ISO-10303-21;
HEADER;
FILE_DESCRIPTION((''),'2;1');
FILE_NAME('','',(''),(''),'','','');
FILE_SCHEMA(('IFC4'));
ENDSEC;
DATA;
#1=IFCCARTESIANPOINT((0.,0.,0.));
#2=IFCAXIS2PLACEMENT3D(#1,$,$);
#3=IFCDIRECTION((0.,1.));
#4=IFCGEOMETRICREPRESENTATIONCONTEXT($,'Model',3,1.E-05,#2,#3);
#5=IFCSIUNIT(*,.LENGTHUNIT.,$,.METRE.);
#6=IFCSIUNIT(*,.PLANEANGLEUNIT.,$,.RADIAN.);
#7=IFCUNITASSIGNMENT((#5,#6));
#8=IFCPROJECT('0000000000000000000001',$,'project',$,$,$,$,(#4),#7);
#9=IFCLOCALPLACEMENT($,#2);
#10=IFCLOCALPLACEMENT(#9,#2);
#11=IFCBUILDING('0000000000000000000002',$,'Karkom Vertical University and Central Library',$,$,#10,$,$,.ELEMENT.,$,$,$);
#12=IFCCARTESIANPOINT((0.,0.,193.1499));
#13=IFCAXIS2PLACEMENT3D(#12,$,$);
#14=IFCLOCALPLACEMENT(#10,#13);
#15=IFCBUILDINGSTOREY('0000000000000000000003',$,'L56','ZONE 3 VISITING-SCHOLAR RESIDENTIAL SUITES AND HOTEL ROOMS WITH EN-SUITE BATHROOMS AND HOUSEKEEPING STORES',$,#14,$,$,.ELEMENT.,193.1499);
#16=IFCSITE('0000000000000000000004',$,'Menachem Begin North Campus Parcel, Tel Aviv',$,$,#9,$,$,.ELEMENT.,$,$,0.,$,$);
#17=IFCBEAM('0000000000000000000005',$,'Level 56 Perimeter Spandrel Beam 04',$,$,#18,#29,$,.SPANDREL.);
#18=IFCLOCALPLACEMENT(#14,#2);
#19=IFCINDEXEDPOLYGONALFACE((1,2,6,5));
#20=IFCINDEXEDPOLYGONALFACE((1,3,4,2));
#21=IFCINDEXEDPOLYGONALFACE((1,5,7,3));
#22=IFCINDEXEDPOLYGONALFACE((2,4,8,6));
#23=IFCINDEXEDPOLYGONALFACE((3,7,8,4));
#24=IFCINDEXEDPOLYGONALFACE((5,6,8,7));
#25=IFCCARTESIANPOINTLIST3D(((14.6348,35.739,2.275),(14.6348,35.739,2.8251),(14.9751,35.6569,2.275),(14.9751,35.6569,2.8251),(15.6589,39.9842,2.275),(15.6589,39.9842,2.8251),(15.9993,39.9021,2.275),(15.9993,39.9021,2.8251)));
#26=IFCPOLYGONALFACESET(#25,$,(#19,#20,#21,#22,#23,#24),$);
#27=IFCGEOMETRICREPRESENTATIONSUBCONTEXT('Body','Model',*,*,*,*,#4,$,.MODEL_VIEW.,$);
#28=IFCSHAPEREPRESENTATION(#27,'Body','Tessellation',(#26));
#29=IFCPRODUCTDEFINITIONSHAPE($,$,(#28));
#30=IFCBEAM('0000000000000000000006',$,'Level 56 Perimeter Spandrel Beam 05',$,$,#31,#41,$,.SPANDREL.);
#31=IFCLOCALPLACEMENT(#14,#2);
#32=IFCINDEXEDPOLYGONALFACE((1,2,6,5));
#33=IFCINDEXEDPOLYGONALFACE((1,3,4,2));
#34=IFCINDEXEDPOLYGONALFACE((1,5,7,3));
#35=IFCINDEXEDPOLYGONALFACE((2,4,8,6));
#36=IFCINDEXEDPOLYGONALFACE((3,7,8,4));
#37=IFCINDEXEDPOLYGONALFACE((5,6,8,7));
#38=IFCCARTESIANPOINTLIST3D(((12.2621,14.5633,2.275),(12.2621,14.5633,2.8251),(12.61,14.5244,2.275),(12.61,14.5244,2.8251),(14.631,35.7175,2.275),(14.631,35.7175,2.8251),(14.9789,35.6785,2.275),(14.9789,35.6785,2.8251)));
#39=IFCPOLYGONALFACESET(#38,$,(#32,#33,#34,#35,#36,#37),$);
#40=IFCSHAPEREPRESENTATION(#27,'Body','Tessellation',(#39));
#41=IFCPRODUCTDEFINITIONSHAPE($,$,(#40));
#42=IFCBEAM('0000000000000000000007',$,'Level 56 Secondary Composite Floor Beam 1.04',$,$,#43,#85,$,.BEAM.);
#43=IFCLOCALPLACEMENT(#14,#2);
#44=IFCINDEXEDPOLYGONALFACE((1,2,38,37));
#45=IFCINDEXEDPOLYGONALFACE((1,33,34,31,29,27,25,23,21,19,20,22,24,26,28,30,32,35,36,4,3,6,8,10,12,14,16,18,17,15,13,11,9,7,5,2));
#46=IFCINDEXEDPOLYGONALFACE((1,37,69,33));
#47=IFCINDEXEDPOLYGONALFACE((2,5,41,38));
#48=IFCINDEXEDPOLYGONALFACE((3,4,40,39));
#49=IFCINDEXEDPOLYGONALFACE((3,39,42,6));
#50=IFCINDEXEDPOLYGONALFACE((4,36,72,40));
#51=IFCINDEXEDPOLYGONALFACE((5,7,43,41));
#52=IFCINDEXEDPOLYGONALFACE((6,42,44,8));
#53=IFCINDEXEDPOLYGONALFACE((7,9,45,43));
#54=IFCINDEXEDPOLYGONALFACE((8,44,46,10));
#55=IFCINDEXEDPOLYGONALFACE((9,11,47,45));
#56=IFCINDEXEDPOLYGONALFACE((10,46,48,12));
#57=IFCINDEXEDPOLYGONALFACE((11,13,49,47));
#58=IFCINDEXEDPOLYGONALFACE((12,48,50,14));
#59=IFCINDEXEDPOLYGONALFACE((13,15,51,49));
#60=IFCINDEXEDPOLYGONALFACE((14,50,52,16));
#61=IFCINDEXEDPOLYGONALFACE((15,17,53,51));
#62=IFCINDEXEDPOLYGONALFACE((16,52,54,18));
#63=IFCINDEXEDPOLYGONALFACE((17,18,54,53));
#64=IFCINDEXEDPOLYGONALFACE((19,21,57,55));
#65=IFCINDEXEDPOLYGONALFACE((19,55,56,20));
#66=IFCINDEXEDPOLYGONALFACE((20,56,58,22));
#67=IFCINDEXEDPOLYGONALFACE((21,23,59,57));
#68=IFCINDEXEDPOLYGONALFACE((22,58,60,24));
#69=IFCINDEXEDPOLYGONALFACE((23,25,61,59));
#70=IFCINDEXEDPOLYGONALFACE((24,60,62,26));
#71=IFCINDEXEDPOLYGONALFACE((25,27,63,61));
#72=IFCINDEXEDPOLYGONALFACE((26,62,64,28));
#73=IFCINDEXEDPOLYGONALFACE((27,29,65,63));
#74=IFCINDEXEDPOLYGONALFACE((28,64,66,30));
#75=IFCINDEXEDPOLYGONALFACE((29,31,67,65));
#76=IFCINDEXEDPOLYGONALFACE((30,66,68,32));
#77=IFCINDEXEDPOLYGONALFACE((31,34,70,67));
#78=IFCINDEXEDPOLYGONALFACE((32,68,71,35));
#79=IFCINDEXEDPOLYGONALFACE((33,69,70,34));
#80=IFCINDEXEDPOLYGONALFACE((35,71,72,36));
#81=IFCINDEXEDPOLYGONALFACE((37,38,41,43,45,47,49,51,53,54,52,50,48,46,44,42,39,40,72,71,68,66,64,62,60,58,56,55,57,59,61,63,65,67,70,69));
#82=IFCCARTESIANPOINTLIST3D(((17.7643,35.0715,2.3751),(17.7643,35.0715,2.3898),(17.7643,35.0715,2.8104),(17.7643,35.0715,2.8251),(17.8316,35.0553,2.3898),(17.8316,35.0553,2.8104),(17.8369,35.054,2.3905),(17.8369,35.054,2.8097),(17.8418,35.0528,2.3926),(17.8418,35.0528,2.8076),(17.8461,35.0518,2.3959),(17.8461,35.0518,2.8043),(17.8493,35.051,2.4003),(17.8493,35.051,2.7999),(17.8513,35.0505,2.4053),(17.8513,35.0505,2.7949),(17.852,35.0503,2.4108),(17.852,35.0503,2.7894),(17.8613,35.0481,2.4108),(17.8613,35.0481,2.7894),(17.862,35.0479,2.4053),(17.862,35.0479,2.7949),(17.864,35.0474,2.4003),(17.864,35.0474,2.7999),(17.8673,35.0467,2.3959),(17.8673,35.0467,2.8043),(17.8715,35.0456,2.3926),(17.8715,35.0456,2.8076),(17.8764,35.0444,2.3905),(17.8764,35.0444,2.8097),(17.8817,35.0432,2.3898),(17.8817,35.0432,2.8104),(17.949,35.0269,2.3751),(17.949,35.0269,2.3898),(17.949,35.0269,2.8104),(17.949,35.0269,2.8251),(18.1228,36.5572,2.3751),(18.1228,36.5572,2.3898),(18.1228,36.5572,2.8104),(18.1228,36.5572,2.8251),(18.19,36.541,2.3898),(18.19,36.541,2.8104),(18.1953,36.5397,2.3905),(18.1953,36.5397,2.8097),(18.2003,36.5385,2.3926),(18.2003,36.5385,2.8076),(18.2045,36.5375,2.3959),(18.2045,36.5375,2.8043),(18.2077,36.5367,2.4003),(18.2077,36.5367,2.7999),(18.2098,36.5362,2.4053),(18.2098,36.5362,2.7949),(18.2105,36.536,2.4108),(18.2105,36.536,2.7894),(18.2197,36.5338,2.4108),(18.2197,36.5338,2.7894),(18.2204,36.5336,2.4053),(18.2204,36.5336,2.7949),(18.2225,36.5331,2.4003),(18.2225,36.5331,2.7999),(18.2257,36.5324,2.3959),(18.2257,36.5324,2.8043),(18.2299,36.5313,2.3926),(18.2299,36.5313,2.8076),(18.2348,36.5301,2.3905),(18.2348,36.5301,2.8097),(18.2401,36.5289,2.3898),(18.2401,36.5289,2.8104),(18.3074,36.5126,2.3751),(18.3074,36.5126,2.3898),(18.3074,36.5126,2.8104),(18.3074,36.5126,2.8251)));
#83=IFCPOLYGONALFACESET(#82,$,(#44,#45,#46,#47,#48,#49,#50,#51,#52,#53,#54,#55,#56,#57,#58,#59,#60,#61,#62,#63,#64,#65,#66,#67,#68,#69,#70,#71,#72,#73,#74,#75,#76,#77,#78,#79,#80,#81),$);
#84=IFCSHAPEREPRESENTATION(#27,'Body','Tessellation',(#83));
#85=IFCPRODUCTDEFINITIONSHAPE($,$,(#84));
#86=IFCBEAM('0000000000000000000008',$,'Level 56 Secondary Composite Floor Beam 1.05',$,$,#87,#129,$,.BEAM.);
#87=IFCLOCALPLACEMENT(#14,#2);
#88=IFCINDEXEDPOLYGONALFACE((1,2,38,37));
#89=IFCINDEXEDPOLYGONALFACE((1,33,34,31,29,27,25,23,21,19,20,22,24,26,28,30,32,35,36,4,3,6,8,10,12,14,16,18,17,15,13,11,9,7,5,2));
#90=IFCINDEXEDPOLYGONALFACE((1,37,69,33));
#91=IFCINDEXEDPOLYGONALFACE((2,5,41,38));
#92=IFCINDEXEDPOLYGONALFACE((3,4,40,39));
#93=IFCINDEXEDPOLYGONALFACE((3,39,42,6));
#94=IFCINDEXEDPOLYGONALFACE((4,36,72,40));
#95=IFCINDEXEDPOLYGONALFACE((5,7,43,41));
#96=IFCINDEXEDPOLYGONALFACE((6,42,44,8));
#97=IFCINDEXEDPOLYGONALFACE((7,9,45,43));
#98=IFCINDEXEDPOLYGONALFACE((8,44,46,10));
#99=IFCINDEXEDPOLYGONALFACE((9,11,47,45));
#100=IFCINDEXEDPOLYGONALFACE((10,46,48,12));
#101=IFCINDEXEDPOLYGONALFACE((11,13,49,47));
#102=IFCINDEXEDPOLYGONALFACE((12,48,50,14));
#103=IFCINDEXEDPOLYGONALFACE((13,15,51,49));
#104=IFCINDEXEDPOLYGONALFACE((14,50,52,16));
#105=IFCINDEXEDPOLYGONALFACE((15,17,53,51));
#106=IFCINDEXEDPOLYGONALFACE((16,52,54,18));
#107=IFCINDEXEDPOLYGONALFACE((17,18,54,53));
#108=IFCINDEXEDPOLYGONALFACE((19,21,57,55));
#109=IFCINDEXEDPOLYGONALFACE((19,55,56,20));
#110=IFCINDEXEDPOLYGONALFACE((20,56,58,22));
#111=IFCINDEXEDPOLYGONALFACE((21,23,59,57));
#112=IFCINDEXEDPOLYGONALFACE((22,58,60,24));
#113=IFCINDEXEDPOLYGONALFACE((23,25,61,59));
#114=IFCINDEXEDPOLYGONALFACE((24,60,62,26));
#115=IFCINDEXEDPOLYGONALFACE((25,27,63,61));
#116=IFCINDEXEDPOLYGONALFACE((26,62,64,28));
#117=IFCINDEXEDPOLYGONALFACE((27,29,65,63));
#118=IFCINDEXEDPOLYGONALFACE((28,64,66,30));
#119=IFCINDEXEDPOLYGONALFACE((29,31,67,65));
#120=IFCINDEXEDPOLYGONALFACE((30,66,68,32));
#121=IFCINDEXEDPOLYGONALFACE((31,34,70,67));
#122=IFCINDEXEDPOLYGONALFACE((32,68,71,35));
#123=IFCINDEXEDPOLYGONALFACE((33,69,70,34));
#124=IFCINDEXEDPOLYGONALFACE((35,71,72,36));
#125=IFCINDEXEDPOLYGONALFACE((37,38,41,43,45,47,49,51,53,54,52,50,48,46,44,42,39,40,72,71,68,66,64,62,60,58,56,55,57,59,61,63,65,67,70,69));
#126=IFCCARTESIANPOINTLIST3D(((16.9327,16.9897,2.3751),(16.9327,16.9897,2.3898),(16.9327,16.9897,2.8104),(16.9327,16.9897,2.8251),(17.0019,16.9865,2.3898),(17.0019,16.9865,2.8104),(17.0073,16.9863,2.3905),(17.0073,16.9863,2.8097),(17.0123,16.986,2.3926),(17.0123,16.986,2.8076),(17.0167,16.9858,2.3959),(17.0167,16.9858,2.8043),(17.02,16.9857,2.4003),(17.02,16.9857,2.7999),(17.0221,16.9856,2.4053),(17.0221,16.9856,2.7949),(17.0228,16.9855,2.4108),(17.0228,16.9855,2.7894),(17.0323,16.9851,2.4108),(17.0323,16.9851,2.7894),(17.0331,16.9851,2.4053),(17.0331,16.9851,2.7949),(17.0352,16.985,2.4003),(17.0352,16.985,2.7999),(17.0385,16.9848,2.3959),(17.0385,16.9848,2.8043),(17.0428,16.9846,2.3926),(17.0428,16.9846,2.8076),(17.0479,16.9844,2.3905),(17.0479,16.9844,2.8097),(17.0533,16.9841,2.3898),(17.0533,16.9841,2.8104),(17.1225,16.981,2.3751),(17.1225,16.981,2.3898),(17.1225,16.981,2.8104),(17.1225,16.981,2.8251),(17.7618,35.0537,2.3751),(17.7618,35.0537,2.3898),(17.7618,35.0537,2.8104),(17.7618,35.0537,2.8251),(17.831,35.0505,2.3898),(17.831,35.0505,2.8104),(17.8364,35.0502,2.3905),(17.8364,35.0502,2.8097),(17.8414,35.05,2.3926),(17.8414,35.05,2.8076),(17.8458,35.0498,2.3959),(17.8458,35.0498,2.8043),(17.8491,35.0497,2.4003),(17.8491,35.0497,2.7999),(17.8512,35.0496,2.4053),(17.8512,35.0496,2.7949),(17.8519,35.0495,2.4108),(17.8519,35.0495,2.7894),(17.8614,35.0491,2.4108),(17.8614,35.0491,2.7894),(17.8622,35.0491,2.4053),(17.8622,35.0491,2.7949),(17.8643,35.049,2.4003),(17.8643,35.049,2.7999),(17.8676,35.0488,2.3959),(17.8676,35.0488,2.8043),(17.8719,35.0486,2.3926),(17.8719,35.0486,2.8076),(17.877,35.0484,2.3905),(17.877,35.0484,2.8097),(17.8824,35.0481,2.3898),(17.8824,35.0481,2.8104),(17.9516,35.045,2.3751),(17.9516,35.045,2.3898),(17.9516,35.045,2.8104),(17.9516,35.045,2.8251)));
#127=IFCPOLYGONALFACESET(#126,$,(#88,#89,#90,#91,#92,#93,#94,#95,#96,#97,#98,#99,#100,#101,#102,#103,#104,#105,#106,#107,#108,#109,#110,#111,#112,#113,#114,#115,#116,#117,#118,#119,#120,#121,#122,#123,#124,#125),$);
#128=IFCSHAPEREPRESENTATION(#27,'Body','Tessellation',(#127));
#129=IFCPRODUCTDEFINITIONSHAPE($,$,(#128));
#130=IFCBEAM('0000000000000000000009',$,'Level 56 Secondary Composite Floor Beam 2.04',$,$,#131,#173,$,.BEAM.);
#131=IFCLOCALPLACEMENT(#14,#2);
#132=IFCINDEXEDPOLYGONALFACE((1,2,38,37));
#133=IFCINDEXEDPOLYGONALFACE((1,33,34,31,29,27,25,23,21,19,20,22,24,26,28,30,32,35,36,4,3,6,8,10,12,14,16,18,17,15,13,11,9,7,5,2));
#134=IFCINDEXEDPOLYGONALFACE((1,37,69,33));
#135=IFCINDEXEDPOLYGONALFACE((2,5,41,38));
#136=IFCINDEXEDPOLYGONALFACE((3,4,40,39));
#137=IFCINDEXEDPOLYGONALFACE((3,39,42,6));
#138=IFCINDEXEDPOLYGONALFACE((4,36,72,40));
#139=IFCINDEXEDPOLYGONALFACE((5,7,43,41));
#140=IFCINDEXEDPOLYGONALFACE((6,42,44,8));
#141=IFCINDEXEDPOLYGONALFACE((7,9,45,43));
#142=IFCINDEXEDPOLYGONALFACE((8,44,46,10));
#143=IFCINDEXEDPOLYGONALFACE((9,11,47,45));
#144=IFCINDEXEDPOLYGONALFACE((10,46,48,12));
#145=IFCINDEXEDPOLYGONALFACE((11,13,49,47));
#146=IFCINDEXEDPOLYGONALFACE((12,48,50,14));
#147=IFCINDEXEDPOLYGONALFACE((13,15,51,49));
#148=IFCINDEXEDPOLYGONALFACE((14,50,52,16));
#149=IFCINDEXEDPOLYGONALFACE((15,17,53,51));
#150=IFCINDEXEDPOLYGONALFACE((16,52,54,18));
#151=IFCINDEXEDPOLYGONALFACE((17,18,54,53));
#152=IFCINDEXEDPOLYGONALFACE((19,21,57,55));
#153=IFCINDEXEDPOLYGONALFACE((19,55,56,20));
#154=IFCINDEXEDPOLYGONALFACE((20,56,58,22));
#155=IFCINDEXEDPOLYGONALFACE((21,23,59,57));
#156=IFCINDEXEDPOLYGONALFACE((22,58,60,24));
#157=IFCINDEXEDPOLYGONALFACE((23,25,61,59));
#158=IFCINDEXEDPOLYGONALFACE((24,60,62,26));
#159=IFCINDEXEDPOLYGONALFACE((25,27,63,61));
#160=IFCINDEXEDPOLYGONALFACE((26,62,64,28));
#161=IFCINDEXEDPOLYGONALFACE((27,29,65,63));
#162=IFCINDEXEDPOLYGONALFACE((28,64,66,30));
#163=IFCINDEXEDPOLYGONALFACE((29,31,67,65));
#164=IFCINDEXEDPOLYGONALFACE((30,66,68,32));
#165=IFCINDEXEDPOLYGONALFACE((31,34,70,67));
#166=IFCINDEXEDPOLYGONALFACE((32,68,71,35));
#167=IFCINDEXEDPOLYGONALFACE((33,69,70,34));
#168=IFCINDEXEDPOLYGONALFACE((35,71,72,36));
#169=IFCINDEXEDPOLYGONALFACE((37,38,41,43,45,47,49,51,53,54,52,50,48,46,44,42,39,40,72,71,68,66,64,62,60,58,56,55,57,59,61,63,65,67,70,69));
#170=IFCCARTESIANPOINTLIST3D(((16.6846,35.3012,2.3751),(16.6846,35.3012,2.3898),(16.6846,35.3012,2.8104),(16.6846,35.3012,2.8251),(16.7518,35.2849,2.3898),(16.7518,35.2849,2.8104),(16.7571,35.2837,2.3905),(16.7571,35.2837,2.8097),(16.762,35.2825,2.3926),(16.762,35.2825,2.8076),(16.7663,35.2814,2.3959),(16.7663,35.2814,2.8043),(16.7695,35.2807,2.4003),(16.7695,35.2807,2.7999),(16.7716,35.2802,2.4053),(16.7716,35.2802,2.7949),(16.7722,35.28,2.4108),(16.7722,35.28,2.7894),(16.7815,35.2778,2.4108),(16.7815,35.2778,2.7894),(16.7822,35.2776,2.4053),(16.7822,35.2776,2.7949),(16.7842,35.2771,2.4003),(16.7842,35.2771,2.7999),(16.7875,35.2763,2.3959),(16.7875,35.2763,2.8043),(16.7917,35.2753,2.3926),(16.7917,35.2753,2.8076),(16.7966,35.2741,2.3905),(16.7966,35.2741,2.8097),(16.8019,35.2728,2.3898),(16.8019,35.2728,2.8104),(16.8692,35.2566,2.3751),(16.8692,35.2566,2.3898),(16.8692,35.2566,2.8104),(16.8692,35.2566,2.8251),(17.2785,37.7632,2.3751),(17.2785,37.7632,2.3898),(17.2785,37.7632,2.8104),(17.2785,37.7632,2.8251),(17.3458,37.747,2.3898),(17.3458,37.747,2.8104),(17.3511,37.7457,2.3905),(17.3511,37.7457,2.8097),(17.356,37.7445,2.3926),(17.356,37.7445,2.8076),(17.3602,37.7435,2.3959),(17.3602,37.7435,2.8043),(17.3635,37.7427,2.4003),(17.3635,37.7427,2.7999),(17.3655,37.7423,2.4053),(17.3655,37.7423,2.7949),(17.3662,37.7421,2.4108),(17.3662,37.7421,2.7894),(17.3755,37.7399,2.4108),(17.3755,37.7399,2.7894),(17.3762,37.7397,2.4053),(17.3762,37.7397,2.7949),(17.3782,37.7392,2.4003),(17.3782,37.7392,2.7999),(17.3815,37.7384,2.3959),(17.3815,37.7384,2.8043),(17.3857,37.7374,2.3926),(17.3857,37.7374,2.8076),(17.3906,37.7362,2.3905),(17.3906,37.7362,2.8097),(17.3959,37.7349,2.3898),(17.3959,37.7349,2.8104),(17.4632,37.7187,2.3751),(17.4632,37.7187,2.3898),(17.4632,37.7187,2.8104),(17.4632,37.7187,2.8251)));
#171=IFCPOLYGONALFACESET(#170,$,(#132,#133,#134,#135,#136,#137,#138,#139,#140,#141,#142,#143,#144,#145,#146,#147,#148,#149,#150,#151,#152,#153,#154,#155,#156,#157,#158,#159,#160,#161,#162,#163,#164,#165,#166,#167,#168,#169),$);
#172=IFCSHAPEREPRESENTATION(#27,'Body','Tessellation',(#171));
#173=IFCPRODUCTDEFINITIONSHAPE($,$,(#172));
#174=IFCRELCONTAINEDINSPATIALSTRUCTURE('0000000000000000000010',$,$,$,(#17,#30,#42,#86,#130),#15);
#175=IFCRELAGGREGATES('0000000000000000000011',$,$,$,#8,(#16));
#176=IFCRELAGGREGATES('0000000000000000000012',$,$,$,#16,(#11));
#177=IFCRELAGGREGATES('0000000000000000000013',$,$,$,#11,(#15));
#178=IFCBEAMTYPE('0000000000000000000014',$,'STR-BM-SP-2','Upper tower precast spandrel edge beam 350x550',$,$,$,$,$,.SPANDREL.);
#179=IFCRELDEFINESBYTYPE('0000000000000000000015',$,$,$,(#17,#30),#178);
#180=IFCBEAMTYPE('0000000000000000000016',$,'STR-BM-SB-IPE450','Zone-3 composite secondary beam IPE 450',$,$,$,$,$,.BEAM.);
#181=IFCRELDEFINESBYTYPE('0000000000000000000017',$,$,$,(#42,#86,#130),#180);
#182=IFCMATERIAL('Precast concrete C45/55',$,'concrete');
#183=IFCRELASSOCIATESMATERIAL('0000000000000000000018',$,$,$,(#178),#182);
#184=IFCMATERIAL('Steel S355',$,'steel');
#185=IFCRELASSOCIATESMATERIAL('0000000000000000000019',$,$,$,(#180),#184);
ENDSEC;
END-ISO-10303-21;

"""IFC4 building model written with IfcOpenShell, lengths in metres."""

from ifc_helpers import new_model, si_unit, direction, frame, origin, origin_with_axes, origin_2d, place, context, subcontext, project, spatial, rectangle, i_section, extrude, source, transform, mapped, material, material_profile, profile_set, type_object, element, save


model = new_model("IFC4")

# Units and contexts
model_context = context("Model", 3, precision=1e-05, world=origin(), true_north=direction((0.0, 1.0)))
body_context = subcontext(model_context, "Body", "Model", "MODEL_VIEW")
ifc_project = project(units=[si_unit("LENGTHUNIT", "METRE"), si_unit("PLANEANGLEUNIT", "RADIAN")], contexts=[model_context])

# Site, building, storey
site_placement = place(None, origin())
site = spatial("IfcSite", under=ifc_project, at=site_placement, Name="Menachem Begin North Campus Parcel, Tel Aviv", CompositionType="ELEMENT", RefElevation=0.0)
building_placement = place(site_placement, origin())
building = spatial("IfcBuilding", under=site, at=building_placement, Name="Karkom Vertical University and Central Library", CompositionType="ELEMENT")
storey_placement = place(building_placement, frame((0.0, 0.0, 193.1499)))
storey = spatial("IfcBuildingStorey", under=building, at=storey_placement, Name="L56", Description="ZONE 3 VISITING-SCHOLAR RESIDENTIAL SUITES AND HOTEL ROOMS WITH EN-SUITE BATHROOMS AND HOUSEKEEPING STORES", CompositionType="ELEMENT", Elevation=193.1499)

# Beams
ifc_material_1 = material(Name="Precast concrete C45/55", Category="concrete")
ifc_material_profile_1 = material_profile(ifc_material_1, rectangle(XDim=0.3501, YDim=0.55, at=origin_2d()), Name="SPB-350x550")
ifc_profile_set_1 = profile_set([ifc_material_profile_1], Name="Precast concrete C45/55")
beam_type_1 = type_object("IfcBeamType", Name="STR-BM-SP-2", Description="Upper tower precast spandrel edge beam 350x550", PredefinedType="SPANDREL", material=ifc_profile_set_1)
shared_shape_1 = source(origin_with_axes(), body_context, "Body", "SweptSolid", [
    extrude(rectangle(XDim=0.3501, YDim=0.55, at=origin_2d()), origin(), (0.0, 0.0, 1.0), 4.3669),
])
beam_1_placement = place(storey_placement, frame((15.8291, 39.9431, 2.55), z_axis=(-0.234529, -0.972109, 0.0), x_axis=(0.972109, -0.234529, 0.0)))
element("IfcBeam", 1, at=beam_1_placement, inside=storey, type_object=beam_type_1, Name="Level 56 Perimeter Spandrel Beam 04", PredefinedType="SPANDREL", context=body_context, shape_type="MappedRepresentation", body=[
    mapped(shared_shape_1, transform((0.0, 0.0, 0.0), scale=1.0)),
])
shared_shape_2 = source(origin_with_axes(), body_context, "Body", "SweptSolid", [
    extrude(rectangle(XDim=0.3501, YDim=0.55, at=origin_2d()), origin(), (0.0, 0.0, 1.0), 21.2864),
])
beam_2_placement = place(storey_placement, frame((14.8049, 35.698, 2.55), z_axis=(-0.111287, -0.993788, 0.0), x_axis=(0.993788, -0.111287, 0.0)))
element("IfcBeam", 2, at=beam_2_placement, inside=storey, type_object=beam_type_1, Name="Level 56 Perimeter Spandrel Beam 05", PredefinedType="SPANDREL", context=body_context, shape_type="MappedRepresentation", body=[
    mapped(shared_shape_2, transform((0.0, 0.0, 0.0), scale=1.0)),
])
ifc_material_2 = material(Name="Steel S355", Category="steel")
ifc_material_profile_2 = material_profile(ifc_material_2, i_section(OverallWidth=0.1899, OverallDepth=0.45, WebThickness=0.0095, FlangeThickness=0.0146, FilletRadius=0.021, at=origin_2d()), Name="IPE 450")
ifc_profile_set_2 = profile_set([ifc_material_profile_2], Name="Steel S355")
beam_type_2 = type_object("IfcBeamType", Name="STR-BM-SB-IPE450", Description="Zone-3 composite secondary beam IPE 450", PredefinedType="BEAM", material=ifc_profile_set_2)
shared_shape_3 = source(origin_with_axes(), body_context, "Body", "SweptSolid", [
    extrude(i_section(OverallWidth=0.1899, OverallDepth=0.45, WebThickness=0.0095, FlangeThickness=0.0146, FilletRadius=0.021, at=origin_2d()), origin(), (0.0, 0.0, 1.0), 1.5283),
])
beam_3_placement = place(storey_placement, frame((18.2151, 36.5349, 2.6001), z_axis=(-0.234521, -0.972111, 0.0), x_axis=(0.972111, -0.234521, 0.0)))
element("IfcBeam", 3, at=beam_3_placement, inside=storey, type_object=beam_type_2, Name="Level 56 Secondary Composite Floor Beam 1.04", PredefinedType="BEAM", context=body_context, shape_type="MappedRepresentation", body=[
    mapped(shared_shape_3, transform((0.0, 0.0, 0.0), scale=1.0)),
])
shared_shape_4 = source(origin_with_axes(), body_context, "Body", "SweptSolid", [
    extrude(i_section(OverallWidth=0.1899, OverallDepth=0.45, WebThickness=0.0095, FlangeThickness=0.0146, FilletRadius=0.021, at=origin_2d()), origin(), (0.0, 0.0, 1.0), 18.083),
])
beam_4_placement = place(storey_placement, frame((17.8567, 35.0493, 2.6001), z_axis=(-0.04585, -0.998948, 0.0), x_axis=(0.998948, -0.04585, 0.0)))
element("IfcBeam", 4, at=beam_4_placement, inside=storey, type_object=beam_type_2, Name="Level 56 Secondary Composite Floor Beam 1.05", PredefinedType="BEAM", context=body_context, shape_type="MappedRepresentation", body=[
    mapped(shared_shape_4, transform((0.0, 0.0, 0.0), scale=1.0)),
])
shared_shape_5 = source(origin_with_axes(), body_context, "Body", "SweptSolid", [
    extrude(i_section(OverallWidth=0.1899, OverallDepth=0.45, WebThickness=0.0095, FlangeThickness=0.0146, FilletRadius=0.021, at=origin_2d()), origin(), (0.0, 0.0, 1.0), 2.5327),
])
beam_5_placement = place(storey_placement, frame((17.3708, 37.741, 2.6001), z_axis=(-0.234521, -0.972111, 0.0), x_axis=(0.972111, -0.234521, 0.0)))
element("IfcBeam", 5, at=beam_5_placement, inside=storey, type_object=beam_type_2, Name="Level 56 Secondary Composite Floor Beam 2.04", PredefinedType="BEAM", context=body_context, shape_type="MappedRepresentation", body=[
    mapped(shared_shape_5, transform((0.0, 0.0, 0.0), scale=1.0)),
])

save(model, "model.ifc")
